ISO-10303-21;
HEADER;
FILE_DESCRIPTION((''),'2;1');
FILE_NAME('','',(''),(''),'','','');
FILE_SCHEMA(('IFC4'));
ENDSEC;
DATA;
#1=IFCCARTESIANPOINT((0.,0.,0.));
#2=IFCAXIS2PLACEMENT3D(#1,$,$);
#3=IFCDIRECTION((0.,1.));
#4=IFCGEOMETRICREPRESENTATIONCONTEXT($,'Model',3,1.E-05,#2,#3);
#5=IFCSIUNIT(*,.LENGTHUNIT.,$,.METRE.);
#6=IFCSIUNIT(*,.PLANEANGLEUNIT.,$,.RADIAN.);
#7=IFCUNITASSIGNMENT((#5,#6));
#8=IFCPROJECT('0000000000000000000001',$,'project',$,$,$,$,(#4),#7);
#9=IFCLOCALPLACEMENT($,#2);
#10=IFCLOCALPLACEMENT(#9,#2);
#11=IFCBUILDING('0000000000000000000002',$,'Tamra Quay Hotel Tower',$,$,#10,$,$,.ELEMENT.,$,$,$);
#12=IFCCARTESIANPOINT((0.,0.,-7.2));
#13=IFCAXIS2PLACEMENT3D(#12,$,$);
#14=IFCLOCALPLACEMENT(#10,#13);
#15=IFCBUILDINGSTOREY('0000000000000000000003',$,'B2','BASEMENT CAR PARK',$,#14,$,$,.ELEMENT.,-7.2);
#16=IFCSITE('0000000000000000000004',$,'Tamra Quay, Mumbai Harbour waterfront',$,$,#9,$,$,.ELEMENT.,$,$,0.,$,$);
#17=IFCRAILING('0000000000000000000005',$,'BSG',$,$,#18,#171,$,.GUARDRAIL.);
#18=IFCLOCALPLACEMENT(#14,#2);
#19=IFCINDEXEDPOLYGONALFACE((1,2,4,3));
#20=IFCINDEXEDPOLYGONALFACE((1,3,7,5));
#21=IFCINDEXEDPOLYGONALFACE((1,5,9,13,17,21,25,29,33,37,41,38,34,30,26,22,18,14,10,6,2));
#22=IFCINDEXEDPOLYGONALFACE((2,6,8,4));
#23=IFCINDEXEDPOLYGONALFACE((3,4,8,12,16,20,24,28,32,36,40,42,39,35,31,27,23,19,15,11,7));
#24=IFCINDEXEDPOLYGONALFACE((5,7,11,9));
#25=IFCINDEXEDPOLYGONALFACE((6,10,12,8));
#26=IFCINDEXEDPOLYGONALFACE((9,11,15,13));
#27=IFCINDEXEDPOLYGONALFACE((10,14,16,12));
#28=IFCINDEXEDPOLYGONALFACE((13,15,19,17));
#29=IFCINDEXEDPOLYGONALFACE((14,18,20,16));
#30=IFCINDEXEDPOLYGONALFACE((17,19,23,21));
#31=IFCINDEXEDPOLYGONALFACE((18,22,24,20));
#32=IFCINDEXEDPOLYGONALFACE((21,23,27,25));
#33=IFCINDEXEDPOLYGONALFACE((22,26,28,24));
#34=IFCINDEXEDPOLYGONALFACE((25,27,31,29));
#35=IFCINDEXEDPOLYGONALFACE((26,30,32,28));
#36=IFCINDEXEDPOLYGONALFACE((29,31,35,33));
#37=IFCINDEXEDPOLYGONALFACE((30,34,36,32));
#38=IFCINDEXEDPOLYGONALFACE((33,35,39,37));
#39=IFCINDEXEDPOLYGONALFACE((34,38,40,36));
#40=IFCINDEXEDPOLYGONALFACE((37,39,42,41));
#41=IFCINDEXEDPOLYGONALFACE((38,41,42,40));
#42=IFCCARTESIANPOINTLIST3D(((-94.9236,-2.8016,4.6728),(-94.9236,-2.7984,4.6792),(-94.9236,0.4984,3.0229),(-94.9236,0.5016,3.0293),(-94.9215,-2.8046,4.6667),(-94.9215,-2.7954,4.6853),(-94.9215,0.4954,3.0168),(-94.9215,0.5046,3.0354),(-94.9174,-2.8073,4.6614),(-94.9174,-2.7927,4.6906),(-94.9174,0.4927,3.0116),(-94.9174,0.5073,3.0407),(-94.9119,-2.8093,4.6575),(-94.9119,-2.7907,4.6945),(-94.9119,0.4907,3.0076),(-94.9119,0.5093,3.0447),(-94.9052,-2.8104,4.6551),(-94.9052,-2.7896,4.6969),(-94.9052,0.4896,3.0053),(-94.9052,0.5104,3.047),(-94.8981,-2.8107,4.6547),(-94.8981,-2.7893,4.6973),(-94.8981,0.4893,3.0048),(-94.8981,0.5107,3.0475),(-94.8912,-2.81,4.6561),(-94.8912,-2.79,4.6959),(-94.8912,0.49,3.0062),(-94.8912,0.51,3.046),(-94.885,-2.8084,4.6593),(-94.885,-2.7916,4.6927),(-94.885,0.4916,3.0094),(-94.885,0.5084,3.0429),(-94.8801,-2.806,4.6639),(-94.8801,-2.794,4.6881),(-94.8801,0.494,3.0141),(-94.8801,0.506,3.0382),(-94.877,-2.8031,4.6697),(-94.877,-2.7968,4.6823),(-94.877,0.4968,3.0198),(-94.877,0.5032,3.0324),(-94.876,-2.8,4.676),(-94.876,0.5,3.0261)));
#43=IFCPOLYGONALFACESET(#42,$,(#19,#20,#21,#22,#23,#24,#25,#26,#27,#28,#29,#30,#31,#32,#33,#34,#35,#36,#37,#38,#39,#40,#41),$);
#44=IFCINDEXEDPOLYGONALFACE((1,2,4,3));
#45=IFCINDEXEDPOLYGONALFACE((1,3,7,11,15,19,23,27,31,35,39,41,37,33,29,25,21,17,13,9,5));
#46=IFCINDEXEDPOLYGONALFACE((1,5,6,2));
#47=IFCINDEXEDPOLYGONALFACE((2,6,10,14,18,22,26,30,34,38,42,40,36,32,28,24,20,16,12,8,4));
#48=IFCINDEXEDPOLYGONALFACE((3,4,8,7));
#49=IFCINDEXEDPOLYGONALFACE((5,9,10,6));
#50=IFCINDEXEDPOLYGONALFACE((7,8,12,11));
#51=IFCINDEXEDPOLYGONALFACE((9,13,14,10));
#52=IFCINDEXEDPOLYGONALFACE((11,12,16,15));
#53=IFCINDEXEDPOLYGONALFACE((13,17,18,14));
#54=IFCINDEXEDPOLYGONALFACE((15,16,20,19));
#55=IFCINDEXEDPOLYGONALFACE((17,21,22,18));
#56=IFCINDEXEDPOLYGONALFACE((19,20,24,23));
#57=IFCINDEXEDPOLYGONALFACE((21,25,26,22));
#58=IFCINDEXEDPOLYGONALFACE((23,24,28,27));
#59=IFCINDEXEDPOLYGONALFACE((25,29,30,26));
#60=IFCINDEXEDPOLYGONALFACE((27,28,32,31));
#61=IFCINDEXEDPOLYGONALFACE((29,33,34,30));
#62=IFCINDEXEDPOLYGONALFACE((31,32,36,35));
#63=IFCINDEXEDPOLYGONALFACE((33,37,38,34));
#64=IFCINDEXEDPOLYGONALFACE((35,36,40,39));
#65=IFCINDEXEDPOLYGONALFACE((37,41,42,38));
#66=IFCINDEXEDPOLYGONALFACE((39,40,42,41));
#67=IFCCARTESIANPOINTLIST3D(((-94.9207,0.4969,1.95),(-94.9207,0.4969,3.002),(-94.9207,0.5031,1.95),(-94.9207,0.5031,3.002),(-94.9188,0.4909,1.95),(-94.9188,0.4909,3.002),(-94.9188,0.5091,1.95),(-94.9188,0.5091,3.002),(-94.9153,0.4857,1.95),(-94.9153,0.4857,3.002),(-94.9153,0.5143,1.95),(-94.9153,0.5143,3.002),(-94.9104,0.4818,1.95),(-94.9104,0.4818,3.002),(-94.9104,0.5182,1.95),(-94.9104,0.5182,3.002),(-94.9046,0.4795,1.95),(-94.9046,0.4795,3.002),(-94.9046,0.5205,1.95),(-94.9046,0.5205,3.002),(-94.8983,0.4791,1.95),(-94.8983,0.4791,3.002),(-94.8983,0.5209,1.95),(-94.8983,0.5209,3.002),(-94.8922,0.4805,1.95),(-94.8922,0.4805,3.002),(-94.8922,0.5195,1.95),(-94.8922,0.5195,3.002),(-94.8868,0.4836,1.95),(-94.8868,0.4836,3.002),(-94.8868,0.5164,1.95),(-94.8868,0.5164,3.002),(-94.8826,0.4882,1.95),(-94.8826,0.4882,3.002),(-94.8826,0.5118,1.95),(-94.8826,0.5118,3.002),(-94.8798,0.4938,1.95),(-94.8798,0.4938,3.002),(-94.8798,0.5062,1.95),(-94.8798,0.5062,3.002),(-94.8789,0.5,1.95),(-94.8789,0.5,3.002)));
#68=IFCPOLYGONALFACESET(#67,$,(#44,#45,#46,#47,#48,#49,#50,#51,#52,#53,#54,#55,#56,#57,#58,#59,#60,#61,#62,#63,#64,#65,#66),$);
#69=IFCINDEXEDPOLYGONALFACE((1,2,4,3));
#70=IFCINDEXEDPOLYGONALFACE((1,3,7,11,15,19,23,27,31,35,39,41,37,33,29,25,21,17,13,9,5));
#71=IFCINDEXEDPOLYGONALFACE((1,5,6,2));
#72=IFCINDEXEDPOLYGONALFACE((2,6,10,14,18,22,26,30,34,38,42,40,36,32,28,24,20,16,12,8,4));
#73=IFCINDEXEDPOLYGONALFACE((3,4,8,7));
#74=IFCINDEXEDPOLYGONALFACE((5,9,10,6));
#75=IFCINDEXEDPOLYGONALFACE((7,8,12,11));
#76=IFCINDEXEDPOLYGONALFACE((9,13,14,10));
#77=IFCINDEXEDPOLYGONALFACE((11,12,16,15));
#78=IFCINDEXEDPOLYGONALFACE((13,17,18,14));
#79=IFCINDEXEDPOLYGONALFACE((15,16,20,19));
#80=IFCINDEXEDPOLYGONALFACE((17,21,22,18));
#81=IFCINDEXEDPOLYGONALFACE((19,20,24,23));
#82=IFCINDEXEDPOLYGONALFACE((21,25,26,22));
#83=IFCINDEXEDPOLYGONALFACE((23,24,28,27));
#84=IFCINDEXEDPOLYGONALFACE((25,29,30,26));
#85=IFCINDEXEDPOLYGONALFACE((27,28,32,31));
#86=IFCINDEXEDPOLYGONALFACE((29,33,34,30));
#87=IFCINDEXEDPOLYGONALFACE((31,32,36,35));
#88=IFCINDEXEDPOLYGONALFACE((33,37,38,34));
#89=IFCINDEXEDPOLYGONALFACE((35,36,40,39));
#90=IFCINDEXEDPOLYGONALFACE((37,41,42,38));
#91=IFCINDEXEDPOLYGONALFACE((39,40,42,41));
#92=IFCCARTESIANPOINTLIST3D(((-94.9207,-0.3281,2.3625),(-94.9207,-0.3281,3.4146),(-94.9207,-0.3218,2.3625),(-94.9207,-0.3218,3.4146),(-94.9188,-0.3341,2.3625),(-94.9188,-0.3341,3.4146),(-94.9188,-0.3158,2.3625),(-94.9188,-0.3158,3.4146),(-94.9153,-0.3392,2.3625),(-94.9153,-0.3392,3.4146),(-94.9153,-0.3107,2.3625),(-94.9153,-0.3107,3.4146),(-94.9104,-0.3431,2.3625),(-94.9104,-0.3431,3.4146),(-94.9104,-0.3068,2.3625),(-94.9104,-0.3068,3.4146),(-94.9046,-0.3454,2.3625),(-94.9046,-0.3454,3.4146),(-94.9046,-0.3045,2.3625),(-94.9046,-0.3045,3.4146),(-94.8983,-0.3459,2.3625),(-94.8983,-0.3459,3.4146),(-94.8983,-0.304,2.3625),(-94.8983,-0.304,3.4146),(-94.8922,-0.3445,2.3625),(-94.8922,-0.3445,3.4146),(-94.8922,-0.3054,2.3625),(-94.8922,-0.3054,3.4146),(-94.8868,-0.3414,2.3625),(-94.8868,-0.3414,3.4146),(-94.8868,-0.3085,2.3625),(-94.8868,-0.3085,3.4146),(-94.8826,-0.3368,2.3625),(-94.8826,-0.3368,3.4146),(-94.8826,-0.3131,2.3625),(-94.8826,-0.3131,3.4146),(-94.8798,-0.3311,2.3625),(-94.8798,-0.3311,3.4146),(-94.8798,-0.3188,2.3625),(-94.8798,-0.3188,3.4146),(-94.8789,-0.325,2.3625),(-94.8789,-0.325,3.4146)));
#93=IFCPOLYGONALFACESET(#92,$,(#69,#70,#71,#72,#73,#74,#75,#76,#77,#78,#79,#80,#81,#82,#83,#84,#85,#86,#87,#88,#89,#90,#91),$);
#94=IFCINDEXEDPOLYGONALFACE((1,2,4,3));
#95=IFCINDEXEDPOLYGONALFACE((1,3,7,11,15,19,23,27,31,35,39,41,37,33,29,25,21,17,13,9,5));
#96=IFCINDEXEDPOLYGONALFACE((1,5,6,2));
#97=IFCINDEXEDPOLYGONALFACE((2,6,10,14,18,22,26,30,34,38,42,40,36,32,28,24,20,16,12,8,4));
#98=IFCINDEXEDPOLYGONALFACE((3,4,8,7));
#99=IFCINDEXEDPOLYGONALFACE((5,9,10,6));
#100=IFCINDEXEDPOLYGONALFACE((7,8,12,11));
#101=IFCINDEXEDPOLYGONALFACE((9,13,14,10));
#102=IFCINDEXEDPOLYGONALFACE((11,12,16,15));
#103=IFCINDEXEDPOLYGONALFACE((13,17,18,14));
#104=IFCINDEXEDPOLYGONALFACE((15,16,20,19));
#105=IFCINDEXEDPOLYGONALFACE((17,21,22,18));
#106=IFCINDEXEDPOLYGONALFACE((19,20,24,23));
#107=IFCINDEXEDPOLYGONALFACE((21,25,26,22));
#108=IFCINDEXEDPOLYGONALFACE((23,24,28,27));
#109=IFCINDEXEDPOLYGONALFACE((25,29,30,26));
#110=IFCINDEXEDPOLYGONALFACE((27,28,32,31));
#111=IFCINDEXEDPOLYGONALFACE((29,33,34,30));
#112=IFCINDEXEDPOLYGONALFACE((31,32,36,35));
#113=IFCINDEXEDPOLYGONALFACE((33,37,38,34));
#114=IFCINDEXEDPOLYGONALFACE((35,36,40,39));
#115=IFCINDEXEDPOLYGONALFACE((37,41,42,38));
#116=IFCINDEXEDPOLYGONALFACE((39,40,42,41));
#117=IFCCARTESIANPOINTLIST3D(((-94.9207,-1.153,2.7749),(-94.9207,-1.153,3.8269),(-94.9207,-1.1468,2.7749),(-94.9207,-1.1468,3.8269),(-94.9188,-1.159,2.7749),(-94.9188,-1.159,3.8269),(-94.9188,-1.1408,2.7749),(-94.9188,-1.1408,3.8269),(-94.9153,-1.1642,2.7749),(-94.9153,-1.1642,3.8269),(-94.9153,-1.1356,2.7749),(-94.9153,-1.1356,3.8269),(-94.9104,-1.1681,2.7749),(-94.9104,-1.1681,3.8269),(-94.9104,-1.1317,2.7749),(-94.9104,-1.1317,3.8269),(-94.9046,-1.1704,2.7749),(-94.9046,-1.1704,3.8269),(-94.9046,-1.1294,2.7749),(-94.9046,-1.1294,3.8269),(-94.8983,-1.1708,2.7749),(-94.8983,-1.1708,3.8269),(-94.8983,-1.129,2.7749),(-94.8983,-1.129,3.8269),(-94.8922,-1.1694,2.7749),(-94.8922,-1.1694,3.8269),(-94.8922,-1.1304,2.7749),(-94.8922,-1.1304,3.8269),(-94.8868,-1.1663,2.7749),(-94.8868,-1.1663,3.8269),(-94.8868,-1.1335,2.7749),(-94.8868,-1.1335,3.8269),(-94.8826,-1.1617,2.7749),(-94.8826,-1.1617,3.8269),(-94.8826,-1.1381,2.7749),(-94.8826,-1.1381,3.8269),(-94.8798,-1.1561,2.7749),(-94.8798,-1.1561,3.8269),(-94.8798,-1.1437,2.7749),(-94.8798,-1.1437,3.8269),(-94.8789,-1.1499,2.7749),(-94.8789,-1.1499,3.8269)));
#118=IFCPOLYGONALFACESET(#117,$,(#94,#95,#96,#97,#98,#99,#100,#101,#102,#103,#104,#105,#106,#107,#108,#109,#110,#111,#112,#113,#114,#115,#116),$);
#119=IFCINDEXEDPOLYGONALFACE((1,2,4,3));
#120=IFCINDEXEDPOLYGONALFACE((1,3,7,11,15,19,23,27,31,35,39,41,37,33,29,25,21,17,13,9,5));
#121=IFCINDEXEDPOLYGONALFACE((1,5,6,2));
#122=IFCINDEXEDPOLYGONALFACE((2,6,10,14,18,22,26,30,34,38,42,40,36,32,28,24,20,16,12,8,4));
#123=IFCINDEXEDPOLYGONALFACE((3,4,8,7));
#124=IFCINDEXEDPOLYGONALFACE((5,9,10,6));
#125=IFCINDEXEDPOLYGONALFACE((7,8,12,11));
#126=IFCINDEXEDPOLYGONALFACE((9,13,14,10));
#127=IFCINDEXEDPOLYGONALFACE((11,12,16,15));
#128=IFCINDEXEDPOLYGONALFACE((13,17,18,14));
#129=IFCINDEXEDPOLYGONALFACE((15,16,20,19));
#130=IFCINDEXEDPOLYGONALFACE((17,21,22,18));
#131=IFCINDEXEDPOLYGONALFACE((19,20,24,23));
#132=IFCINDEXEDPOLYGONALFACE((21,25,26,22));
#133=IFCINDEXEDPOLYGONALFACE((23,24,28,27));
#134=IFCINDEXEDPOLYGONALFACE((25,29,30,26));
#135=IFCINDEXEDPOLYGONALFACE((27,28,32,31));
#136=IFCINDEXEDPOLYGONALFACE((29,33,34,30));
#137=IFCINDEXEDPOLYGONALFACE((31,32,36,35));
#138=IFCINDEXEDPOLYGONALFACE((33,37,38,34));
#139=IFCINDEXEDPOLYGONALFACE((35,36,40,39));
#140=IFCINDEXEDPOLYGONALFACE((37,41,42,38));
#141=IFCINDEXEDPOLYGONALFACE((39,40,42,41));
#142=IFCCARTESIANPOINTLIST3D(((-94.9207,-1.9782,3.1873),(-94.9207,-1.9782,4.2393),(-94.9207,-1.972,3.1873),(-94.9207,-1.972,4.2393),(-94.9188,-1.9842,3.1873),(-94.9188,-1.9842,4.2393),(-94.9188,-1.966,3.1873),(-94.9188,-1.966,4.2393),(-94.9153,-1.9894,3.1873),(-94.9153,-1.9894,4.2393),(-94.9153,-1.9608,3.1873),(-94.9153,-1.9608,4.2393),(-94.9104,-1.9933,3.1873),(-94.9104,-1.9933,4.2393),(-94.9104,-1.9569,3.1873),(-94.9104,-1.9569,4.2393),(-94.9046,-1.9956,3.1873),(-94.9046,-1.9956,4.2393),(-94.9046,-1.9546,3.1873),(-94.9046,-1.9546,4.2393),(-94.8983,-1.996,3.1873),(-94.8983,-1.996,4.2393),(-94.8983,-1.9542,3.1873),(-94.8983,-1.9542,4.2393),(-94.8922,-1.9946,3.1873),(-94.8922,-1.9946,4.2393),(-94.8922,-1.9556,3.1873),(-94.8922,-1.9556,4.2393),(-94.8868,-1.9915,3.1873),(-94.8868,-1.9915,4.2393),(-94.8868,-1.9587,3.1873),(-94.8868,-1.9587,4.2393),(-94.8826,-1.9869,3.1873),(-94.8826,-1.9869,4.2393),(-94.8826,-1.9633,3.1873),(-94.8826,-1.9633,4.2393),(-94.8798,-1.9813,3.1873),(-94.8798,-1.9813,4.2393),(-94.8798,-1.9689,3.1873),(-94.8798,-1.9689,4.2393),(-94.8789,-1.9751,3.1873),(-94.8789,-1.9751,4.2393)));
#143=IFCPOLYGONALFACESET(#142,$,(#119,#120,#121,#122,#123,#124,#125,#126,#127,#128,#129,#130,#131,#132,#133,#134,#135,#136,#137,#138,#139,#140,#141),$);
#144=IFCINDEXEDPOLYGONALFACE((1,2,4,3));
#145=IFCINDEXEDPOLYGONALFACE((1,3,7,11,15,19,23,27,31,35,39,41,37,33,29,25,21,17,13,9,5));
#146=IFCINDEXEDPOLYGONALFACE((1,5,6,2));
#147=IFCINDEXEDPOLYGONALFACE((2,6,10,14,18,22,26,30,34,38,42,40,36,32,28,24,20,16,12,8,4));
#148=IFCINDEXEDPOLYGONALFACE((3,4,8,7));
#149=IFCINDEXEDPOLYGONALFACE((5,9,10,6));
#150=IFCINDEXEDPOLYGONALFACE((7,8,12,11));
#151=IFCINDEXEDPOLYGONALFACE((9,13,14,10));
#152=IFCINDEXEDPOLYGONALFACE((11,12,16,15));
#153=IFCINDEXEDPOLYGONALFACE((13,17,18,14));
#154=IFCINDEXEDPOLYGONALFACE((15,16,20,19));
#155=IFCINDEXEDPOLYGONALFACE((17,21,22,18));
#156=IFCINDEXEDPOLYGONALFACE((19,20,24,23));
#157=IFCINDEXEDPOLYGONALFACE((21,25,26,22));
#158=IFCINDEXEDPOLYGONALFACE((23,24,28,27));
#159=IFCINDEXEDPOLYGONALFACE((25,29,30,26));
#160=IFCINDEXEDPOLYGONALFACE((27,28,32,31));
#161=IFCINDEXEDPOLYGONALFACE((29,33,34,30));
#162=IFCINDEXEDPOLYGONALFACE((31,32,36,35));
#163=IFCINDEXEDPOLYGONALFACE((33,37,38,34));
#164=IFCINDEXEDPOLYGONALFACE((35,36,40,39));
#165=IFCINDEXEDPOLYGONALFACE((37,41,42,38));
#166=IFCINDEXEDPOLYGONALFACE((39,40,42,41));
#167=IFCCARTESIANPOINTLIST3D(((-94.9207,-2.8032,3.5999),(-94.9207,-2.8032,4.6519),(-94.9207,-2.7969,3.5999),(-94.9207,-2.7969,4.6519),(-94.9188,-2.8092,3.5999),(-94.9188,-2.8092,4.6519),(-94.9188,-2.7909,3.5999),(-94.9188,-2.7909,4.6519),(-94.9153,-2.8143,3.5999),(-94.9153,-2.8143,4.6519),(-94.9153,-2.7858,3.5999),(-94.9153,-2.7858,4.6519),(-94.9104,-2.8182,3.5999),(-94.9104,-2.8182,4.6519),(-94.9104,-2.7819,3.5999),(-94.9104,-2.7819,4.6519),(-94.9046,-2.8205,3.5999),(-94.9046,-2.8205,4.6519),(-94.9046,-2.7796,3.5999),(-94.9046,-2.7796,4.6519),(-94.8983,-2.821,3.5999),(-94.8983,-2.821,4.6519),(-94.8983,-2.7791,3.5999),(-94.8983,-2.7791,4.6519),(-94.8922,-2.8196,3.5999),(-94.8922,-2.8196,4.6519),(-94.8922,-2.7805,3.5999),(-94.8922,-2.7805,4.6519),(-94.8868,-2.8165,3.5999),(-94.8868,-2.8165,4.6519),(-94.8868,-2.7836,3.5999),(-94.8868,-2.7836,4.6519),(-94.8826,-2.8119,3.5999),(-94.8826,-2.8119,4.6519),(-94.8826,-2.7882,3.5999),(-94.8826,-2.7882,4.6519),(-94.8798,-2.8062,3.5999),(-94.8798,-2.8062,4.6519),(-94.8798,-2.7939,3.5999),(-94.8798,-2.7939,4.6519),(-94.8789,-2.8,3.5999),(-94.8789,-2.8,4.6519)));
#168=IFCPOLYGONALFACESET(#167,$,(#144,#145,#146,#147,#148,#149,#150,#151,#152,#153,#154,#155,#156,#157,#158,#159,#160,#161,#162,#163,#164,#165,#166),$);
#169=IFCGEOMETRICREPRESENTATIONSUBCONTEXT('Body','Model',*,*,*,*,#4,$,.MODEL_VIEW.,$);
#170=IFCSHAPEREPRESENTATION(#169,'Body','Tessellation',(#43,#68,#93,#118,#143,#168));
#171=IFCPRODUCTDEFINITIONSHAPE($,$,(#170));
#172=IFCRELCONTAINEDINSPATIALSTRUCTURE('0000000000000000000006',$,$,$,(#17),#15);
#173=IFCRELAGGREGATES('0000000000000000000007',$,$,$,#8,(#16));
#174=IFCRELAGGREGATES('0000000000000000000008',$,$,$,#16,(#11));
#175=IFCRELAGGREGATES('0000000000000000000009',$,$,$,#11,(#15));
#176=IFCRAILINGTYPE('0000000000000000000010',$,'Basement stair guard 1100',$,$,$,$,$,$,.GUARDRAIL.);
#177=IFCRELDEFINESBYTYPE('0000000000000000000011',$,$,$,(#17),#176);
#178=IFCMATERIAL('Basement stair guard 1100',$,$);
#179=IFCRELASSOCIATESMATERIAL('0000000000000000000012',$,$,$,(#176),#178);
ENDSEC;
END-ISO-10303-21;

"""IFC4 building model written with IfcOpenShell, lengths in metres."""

from ifc_helpers import new_model, si_unit, direction, frame, origin, origin_2d, place, context, subcontext, project, spatial, circle, extrude, material, type_object, element, save


model = new_model("IFC4")

# Units and contexts
model_context = context("Model", 3, precision=1e-05, world=origin(), true_north=direction((0.0, 1.0)))
body_context = subcontext(model_context, "Body", "Model", "MODEL_VIEW")
ifc_project = project(units=[si_unit("LENGTHUNIT", "METRE"), si_unit("PLANEANGLEUNIT", "RADIAN")], contexts=[model_context])

# Site, building, storey
site_placement = place(None, origin())
site = spatial("IfcSite", under=ifc_project, at=site_placement, Name="Tamra Quay, Mumbai Harbour waterfront", CompositionType="ELEMENT", RefElevation=0.0)
building_placement = place(site_placement, origin())
building = spatial("IfcBuilding", under=site, at=building_placement, Name="Tamra Quay Hotel Tower", CompositionType="ELEMENT")
storey_placement = place(building_placement, frame((0.0, 0.0, -7.2)))
storey = spatial("IfcBuildingStorey", under=building, at=storey_placement, Name="B2", Description="BASEMENT CAR PARK", CompositionType="ELEMENT", Elevation=-7.2)

# Railing
ifc_material_1 = material(Name="Basement stair guard 1100")
railing_type_1 = type_object("IfcRailingType", Name="Basement stair guard 1100", PredefinedType="GUARDRAIL", material=ifc_material_1)
railing_1_placement = place(storey_placement, frame((-94.8999, 0.5, 1.95)))
element("IfcRailing", 1, at=railing_1_placement, inside=storey, type_object=railing_type_1, Name="BSG", PredefinedType="GUARDRAIL", context=body_context, shape_type="SweptSolid", body=[
    extrude(circle(Radius=0.0239, at=origin_2d()), frame((0.0, 0.0, 1.0762), z_axis=(0.0, -0.89444, 0.447187), x_axis=(1.0, 0.0, 0.0)), (0.0, 0.0, 1.0), 3.6895),
    extrude(circle(Radius=0.021, at=origin_2d()), origin(), (0.0, 0.0, 1.0), 1.052),
    extrude(circle(Radius=0.021, at=origin_2d()), frame((0.0, -0.825, 0.4126)), (0.0, 0.0, 1.0), 1.052),
    extrude(circle(Radius=0.021, at=origin_2d()), frame((0.0, -1.6499, 0.825)), (0.0, 0.0, 1.0), 1.052),
    extrude(circle(Radius=0.021, at=origin_2d()), frame((0.0, -2.4751, 1.2373)), (0.0, 0.0, 1.0), 1.052),
    extrude(circle(Radius=0.021, at=origin_2d()), frame((0.0, -3.3, 1.6499)), (0.0, 0.0, 1.0), 1.052),
])

save(model, "model.ifc")
